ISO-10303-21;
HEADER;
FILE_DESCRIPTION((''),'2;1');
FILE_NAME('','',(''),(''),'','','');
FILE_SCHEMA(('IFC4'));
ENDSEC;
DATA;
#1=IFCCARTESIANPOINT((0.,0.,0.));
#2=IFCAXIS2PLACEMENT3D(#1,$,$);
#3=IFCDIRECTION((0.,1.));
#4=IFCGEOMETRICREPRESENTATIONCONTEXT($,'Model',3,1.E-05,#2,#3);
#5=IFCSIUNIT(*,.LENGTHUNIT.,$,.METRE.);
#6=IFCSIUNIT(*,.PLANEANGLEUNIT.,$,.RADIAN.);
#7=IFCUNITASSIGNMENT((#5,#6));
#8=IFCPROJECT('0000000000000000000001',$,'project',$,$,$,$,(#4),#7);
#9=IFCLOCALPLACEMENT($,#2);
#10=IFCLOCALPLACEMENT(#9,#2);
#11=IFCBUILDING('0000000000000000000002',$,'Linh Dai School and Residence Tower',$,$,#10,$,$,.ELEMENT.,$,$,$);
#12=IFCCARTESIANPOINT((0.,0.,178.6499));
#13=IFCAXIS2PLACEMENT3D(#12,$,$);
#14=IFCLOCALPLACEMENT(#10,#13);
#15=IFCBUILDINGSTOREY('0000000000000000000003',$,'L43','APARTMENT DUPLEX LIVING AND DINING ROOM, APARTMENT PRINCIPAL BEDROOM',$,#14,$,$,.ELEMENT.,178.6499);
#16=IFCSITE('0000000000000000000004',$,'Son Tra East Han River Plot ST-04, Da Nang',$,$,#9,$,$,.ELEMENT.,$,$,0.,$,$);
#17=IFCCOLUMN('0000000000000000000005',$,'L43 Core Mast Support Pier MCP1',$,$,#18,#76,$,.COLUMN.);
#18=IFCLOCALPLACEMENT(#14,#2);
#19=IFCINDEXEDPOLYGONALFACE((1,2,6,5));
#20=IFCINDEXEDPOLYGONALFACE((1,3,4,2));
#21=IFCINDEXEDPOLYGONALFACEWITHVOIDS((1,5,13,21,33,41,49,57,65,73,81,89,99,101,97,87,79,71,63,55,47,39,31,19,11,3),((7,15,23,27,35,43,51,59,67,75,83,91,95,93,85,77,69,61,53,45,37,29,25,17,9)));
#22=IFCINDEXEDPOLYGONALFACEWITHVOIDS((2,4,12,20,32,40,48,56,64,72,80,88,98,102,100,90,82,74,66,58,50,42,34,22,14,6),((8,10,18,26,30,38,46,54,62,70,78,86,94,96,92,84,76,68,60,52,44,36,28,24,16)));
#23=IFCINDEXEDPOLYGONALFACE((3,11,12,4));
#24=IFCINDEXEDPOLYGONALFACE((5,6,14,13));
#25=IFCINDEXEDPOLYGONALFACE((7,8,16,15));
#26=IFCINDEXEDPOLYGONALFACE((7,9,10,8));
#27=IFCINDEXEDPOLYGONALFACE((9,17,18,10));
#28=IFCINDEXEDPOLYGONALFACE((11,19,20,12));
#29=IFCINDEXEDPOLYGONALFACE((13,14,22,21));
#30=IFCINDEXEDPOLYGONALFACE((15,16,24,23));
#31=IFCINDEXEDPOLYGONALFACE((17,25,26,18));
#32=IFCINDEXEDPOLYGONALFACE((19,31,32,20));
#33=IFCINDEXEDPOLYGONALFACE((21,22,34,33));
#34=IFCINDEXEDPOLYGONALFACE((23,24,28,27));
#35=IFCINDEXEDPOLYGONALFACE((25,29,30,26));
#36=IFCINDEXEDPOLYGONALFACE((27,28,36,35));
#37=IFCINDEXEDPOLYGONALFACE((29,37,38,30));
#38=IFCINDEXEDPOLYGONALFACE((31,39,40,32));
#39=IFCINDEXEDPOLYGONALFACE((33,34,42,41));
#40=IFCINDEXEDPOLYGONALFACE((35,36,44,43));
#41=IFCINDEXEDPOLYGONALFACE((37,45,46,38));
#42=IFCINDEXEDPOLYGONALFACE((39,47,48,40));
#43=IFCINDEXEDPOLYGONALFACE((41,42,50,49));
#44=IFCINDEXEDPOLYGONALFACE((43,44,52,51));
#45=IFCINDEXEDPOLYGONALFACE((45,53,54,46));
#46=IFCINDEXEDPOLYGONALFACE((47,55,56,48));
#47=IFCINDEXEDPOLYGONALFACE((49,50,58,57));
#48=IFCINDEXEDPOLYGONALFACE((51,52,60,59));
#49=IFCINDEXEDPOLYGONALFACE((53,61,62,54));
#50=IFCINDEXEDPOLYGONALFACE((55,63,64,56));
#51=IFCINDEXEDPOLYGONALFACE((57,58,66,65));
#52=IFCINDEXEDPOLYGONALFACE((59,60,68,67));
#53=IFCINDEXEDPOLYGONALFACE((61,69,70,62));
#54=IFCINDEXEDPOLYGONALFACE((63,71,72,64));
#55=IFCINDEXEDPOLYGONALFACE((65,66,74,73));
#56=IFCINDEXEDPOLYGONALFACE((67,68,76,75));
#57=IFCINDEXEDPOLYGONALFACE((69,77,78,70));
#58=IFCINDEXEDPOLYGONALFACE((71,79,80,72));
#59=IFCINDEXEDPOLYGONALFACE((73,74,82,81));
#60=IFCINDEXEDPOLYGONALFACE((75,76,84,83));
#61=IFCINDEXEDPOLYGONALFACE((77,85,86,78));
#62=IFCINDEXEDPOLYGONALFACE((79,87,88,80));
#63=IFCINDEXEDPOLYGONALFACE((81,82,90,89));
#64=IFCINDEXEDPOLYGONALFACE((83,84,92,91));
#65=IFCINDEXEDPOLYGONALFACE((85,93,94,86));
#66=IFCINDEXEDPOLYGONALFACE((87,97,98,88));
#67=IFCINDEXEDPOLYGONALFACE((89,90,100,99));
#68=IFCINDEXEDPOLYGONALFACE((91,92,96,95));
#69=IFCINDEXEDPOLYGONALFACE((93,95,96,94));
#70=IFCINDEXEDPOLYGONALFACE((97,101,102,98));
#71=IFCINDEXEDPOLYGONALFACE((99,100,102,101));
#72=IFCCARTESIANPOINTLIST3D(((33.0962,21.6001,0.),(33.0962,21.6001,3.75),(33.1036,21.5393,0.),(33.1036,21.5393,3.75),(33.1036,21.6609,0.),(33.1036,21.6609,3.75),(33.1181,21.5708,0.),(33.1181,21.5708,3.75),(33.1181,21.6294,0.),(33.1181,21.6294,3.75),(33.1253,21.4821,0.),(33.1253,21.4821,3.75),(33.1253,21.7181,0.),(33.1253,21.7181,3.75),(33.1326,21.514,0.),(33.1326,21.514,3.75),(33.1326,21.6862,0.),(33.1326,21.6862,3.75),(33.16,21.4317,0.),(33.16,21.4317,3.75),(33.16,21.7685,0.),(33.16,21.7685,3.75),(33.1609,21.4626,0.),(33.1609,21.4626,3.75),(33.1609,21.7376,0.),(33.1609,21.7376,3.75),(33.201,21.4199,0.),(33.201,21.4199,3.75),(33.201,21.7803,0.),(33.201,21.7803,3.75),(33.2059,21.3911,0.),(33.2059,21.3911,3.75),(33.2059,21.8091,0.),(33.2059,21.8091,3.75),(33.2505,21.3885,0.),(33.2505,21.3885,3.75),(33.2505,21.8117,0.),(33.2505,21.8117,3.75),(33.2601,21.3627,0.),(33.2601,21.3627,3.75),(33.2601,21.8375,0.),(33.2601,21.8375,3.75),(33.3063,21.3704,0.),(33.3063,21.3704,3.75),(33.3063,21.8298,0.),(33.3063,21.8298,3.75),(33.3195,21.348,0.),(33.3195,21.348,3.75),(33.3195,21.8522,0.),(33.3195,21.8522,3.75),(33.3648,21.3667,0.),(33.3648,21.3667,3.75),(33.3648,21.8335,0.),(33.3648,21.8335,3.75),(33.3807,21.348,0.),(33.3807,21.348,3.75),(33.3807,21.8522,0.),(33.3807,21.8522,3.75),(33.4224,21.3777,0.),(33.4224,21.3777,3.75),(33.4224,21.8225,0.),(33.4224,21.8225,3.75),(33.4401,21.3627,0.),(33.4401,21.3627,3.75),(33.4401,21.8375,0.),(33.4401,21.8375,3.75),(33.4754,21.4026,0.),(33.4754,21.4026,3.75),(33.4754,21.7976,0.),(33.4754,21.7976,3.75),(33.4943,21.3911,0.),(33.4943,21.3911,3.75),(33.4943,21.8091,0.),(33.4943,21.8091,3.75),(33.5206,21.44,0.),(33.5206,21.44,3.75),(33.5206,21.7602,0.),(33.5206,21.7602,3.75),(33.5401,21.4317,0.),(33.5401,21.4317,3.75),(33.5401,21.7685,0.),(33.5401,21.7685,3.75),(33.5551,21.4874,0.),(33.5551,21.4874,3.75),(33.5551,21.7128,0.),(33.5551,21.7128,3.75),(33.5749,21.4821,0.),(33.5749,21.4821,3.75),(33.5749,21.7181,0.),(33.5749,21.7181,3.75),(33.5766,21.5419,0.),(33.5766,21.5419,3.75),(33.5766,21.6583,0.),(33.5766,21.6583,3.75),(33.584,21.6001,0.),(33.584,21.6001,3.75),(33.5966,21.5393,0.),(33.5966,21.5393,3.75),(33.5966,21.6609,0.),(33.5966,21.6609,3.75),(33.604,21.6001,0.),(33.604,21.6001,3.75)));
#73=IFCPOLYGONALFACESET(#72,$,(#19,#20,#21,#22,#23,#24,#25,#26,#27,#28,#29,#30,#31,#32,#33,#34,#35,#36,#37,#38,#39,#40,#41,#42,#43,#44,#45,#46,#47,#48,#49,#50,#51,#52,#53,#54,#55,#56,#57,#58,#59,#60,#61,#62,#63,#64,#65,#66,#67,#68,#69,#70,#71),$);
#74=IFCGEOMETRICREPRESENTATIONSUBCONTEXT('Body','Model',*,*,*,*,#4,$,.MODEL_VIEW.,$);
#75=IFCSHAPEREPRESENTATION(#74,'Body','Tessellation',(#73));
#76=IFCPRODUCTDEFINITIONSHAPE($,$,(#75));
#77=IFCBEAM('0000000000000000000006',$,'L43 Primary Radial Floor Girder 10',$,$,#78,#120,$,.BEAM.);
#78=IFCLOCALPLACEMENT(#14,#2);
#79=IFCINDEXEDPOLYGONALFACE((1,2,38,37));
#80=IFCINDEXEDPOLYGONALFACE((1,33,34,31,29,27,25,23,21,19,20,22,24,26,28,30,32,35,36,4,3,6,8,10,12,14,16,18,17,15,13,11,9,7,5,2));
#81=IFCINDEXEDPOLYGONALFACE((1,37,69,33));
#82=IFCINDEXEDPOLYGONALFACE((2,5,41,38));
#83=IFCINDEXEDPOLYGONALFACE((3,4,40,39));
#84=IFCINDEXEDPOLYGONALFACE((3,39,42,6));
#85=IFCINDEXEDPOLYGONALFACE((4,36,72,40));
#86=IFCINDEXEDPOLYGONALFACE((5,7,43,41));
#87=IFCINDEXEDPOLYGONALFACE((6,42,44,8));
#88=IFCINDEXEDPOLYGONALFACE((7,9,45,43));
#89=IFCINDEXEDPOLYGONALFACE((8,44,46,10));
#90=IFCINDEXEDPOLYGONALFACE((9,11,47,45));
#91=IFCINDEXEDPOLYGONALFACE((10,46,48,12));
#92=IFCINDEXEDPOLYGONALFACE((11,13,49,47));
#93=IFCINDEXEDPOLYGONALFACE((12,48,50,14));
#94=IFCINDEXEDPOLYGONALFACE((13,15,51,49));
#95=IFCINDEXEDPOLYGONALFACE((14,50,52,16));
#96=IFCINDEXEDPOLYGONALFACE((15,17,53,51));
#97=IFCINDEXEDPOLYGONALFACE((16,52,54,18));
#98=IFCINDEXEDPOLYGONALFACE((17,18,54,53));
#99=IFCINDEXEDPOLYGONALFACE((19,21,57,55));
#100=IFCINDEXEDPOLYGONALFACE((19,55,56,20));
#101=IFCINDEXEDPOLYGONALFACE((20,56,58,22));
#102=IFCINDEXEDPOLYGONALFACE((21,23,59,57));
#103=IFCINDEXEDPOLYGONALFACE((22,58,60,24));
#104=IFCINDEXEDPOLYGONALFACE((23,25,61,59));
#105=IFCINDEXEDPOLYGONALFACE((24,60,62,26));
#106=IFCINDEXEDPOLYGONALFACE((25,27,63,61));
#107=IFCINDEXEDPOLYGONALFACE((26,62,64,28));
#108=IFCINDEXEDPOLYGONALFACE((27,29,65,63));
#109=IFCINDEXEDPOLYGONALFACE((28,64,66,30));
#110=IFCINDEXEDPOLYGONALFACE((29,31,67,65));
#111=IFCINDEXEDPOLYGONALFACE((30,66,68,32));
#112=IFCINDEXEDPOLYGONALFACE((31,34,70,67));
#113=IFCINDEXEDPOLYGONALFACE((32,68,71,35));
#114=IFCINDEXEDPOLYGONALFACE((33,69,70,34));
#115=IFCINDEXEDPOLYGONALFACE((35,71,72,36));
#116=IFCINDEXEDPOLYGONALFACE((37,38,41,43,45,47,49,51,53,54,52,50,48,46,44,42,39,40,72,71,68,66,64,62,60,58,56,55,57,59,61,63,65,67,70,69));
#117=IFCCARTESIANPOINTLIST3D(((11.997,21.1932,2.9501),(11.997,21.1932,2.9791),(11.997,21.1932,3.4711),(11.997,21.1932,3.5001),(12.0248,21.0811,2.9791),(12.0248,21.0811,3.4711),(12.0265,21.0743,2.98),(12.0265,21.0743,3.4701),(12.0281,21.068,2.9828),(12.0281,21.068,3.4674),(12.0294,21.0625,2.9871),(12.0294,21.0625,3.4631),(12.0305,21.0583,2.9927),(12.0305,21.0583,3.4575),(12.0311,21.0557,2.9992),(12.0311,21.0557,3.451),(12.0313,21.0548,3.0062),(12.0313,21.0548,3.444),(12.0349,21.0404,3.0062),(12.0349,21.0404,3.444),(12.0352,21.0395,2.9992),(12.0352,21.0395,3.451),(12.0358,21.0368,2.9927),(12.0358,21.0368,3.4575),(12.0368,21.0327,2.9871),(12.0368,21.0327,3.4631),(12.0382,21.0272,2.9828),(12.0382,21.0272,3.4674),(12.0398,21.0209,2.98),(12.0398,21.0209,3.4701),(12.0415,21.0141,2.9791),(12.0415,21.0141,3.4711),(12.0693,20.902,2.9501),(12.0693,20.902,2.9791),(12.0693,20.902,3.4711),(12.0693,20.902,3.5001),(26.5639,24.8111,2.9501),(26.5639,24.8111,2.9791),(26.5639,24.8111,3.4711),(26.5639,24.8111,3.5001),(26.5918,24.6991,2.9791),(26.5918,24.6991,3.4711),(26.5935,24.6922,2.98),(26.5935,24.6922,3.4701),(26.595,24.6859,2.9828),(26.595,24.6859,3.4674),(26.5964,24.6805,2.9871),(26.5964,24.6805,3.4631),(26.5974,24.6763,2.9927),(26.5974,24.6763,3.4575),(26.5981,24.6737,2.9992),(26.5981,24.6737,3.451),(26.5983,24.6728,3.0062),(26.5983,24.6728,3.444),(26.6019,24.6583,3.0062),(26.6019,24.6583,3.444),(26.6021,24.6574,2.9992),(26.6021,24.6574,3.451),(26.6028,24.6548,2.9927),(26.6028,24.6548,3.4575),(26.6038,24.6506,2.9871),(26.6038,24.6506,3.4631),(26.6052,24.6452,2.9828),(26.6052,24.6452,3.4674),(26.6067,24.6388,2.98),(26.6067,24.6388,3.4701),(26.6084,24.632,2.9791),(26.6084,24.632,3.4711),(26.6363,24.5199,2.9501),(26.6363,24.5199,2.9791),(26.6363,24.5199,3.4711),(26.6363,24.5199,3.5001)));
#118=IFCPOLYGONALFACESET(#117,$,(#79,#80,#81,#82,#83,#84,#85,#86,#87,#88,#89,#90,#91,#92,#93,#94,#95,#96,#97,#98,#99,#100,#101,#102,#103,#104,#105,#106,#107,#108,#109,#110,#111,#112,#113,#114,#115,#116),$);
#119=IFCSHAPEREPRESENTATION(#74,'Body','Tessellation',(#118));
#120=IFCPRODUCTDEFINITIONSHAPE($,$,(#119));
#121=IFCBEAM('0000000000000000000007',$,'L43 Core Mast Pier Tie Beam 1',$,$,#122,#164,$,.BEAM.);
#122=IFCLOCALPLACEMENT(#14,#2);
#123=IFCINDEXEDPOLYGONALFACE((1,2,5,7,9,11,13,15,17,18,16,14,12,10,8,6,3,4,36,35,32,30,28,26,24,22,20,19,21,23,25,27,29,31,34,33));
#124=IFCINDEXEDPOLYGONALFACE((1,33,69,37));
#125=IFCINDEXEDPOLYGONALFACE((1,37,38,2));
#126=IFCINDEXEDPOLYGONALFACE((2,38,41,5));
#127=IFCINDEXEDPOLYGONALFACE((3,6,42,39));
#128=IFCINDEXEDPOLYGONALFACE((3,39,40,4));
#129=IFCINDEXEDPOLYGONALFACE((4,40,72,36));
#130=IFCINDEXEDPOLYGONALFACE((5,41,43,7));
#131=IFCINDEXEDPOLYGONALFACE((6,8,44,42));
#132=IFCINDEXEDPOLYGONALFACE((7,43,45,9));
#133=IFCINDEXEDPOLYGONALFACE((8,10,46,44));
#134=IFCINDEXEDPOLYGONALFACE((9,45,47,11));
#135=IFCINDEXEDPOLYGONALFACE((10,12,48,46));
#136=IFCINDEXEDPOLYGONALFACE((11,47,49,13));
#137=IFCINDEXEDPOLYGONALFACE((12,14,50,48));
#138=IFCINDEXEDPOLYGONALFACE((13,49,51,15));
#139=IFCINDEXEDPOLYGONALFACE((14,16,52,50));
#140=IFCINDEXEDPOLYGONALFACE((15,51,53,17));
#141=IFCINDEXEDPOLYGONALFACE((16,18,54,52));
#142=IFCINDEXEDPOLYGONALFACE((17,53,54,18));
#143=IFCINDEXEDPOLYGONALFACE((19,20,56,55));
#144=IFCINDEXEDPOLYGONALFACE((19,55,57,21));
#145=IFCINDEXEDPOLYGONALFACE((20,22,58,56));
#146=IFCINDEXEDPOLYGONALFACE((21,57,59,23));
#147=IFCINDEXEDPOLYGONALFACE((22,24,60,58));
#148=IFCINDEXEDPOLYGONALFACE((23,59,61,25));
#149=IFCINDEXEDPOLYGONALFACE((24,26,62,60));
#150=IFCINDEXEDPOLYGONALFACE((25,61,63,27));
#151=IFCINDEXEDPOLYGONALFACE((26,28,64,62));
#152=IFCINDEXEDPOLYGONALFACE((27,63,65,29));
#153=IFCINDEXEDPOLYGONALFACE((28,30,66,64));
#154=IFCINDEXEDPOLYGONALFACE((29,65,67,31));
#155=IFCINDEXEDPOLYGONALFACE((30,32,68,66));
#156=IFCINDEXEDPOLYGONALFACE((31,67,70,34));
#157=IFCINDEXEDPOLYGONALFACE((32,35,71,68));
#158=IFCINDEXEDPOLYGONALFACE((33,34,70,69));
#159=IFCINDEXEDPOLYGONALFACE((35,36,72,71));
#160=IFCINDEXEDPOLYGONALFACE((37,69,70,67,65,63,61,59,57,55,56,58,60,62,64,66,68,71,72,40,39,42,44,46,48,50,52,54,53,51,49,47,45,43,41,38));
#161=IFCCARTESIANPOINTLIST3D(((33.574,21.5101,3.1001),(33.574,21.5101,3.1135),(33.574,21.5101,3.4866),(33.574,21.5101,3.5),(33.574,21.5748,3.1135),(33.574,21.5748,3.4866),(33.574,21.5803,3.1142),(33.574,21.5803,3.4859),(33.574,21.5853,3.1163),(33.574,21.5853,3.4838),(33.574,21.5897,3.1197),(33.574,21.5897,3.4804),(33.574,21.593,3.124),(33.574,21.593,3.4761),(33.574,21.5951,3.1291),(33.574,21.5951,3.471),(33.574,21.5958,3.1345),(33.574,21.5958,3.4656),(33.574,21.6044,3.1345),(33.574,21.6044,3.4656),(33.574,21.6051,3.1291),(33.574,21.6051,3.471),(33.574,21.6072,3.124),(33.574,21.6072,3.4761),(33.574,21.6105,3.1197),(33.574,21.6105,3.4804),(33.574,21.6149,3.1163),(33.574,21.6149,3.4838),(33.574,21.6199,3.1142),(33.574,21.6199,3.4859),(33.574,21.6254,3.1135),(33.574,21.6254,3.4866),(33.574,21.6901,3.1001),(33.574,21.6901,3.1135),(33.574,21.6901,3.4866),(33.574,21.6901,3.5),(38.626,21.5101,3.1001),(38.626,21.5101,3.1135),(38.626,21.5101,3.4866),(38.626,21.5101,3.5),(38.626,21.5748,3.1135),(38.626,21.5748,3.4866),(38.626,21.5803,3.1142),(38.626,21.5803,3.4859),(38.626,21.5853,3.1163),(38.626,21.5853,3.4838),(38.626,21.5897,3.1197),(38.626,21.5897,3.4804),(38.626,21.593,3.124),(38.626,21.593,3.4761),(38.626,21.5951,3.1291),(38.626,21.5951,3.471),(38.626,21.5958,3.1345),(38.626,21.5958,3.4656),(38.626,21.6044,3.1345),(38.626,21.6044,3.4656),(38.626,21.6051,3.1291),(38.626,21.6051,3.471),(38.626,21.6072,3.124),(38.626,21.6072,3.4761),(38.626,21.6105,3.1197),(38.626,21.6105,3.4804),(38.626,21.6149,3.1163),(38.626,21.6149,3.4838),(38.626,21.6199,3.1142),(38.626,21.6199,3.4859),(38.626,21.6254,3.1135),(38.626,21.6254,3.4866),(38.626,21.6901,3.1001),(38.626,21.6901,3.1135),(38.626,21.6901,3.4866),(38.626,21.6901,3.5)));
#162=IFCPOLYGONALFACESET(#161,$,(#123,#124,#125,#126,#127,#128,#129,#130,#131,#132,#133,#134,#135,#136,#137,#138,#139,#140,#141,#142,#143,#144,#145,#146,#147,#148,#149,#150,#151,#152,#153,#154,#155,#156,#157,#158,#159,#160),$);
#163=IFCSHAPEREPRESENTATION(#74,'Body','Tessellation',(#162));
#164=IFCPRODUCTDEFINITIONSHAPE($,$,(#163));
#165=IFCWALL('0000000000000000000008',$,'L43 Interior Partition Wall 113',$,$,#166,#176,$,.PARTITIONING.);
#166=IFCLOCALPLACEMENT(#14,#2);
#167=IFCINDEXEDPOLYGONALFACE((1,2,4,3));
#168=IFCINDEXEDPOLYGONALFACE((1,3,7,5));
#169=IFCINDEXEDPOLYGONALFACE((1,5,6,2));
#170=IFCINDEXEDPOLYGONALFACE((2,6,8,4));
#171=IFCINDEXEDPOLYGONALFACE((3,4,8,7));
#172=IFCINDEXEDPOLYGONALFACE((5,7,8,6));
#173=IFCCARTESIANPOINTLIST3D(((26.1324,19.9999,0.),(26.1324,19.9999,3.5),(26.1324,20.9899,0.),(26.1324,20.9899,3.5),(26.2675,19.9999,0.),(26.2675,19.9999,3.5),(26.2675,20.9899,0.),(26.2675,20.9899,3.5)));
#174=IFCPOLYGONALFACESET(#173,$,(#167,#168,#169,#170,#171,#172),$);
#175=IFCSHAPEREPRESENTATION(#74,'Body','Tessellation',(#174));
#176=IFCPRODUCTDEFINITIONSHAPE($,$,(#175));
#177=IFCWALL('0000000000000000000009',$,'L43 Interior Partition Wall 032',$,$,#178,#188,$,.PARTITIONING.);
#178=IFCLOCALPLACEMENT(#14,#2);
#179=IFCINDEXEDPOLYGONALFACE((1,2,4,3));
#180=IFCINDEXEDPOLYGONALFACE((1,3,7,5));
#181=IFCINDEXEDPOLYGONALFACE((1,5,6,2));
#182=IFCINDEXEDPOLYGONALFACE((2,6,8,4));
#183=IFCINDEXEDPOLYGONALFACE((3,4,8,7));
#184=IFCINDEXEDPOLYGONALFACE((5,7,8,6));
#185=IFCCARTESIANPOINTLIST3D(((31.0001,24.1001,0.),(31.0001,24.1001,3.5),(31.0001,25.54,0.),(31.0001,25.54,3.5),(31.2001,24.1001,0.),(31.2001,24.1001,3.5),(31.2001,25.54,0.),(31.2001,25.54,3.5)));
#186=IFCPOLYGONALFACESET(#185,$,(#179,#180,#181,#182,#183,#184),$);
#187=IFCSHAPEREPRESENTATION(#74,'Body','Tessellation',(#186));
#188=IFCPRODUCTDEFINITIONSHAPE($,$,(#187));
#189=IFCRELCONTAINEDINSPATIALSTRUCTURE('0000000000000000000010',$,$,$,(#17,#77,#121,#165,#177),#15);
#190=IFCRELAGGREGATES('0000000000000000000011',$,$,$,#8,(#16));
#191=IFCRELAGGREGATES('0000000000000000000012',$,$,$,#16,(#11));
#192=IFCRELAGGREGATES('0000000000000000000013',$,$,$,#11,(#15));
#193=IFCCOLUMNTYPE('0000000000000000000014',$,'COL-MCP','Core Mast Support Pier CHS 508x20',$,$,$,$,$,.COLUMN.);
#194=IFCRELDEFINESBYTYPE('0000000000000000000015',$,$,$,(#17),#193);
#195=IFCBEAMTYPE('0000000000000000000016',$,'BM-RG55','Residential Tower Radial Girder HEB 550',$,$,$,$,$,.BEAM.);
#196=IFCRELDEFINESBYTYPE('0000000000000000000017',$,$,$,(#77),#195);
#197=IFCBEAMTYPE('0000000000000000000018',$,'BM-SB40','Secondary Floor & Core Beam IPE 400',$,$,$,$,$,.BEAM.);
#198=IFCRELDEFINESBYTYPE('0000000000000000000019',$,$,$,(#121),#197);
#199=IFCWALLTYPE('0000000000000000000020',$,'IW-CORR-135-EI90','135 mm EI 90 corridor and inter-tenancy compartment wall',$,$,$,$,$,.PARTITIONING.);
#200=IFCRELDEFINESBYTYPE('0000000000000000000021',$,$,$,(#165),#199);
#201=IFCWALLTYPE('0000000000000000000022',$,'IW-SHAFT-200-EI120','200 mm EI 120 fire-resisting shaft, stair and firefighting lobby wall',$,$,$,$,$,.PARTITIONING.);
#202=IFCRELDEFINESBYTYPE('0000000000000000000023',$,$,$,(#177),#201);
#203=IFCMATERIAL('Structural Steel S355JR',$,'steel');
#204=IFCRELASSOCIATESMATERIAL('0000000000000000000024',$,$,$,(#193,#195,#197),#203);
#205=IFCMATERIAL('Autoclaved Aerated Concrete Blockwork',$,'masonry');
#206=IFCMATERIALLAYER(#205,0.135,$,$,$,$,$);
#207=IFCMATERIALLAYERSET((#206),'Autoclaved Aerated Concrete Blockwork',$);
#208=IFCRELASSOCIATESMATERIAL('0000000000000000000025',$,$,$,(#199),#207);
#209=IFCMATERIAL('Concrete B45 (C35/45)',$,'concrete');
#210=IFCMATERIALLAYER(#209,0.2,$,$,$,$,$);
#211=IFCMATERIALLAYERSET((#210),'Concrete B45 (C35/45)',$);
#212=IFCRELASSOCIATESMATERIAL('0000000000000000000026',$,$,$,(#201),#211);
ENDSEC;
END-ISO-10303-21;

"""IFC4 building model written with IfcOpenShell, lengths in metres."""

from ifc_helpers import new_model, si_unit, direction, frame, frame_2d, origin, origin_2d, place, context, subcontext, project, spatial, rectangle, hollow_circle, i_section, extrude, material, layer, layer_set, material_profile, profile_set, type_object, element, save


model = new_model("IFC4")

# Units and contexts
model_context = context("Model", 3, precision=1e-05, world=origin(), true_north=direction((0.0, 1.0)))
body_context = subcontext(model_context, "Body", "Model", "MODEL_VIEW")
ifc_project = project(units=[si_unit("LENGTHUNIT", "METRE"), si_unit("PLANEANGLEUNIT", "RADIAN")], contexts=[model_context])

# Site, building, storey
site_placement = place(None, origin())
site = spatial("IfcSite", under=ifc_project, at=site_placement, Name="Son Tra East Han River Plot ST-04, Da Nang", CompositionType="ELEMENT", RefElevation=0.0)
building_placement = place(site_placement, origin())
building = spatial("IfcBuilding", under=site, at=building_placement, Name="Linh Dai School and Residence Tower", CompositionType="ELEMENT")
storey_placement = place(building_placement, frame((0.0, 0.0, 178.6499)))
storey = spatial("IfcBuildingStorey", under=building, at=storey_placement, Name="L43", Description="APARTMENT DUPLEX LIVING AND DINING ROOM, APARTMENT PRINCIPAL BEDROOM", CompositionType="ELEMENT", Elevation=178.6499)

# Column
ifc_material_1 = material(Name="Structural Steel S355JR", Category="steel")
ifc_material_profile_1 = material_profile(ifc_material_1, hollow_circle(Radius=0.2539, WallThickness=0.02, at=origin_2d()), Name="CHS 508x20")
ifc_profile_set_1 = profile_set([ifc_material_profile_1], Name="Structural Steel S355JR")
column_type_1 = type_object("IfcColumnType", Name="COL-MCP", Description="Core Mast Support Pier CHS 508x20", PredefinedType="COLUMN", material=ifc_profile_set_1)
column_placement = place(storey_placement, frame((33.3501, 21.6001, 0.0), z_axis=(0.0, 0.0, 1.0), x_axis=(1.0, 0.0, 0.0)))
element("IfcColumn", 1, at=column_placement, inside=storey, type_object=column_type_1, Name="L43 Core Mast Support Pier MCP1", PredefinedType="COLUMN", context=body_context, shape_type="SweptSolid", body=[
    extrude(hollow_circle(Radius=0.2539, WallThickness=0.02, at=origin_2d()), origin(), (0.0, 0.0, 1.0), 3.75),
])

# Beams
ifc_material_profile_2 = material_profile(ifc_material_1, i_section(OverallWidth=0.3, OverallDepth=0.55, WebThickness=0.0149, FlangeThickness=0.0291, FilletRadius=0.0271, at=origin_2d()), Name="HEB 550")
ifc_profile_set_2 = profile_set([ifc_material_profile_2], Name="Structural Steel S355JR")
beam_type_1 = type_object("IfcBeamType", Name="BM-RG55", Description="Residential Tower Radial Girder HEB 550", PredefinedType="BEAM", material=ifc_profile_set_2)
beam_1_placement = place(storey_placement, frame((26.6001, 24.6655, 3.2251), z_axis=(-0.970515, -0.241043, 0.0), x_axis=(0.241043, -0.970515, 0.0)))
element("IfcBeam", 2, at=beam_1_placement, inside=storey, type_object=beam_type_1, Name="L43 Primary Radial Floor Girder 10", PredefinedType="BEAM", context=body_context, shape_type="SweptSolid", body=[
    extrude(i_section(OverallWidth=0.3, OverallDepth=0.55, WebThickness=0.0149, FlangeThickness=0.0291, FilletRadius=0.0271, at=origin_2d()), origin(), (0.0, 0.0, 1.0), 15.0095),
])
ifc_material_profile_3 = material_profile(ifc_material_1, i_section(OverallWidth=0.1799, OverallDepth=0.3999, WebThickness=0.0085, FlangeThickness=0.0134, FilletRadius=0.021, at=origin_2d()), Name="IPE 400")
ifc_profile_set_3 = profile_set([ifc_material_profile_3], Name="Structural Steel S355JR")
beam_type_2 = type_object("IfcBeamType", Name="BM-SB40", Description="Secondary Floor & Core Beam IPE 400", PredefinedType="BEAM", material=ifc_profile_set_3)
beam_2_placement = place(storey_placement, frame((33.574, 21.6001, 3.3), z_axis=(1.0, 0.0, 0.0), x_axis=(0.0, 1.0, 0.0)))
element("IfcBeam", 3, at=beam_2_placement, inside=storey, type_object=beam_type_2, Name="L43 Core Mast Pier Tie Beam 1", PredefinedType="BEAM", context=body_context, shape_type="SweptSolid", body=[
    extrude(i_section(OverallWidth=0.1799, OverallDepth=0.3999, WebThickness=0.0085, FlangeThickness=0.0134, FilletRadius=0.021, at=origin_2d()), origin(), (0.0, 0.0, 1.0), 5.052),
])

# Shared definitions
ifc_material_2 = material(Name="Autoclaved Aerated Concrete Blockwork", Category="masonry")
ifc_layer_1 = layer(ifc_material_2, 0.135)
ifc_layer_set_1 = layer_set([ifc_layer_1], Name="Autoclaved Aerated Concrete Blockwork")
wall_type_1 = type_object("IfcWallType", Name="IW-CORR-135-EI90", Description="135 mm EI 90 corridor and inter-tenancy compartment wall", PredefinedType="PARTITIONING", material=ifc_layer_set_1)

# Wall
wall_1_placement = place(storey_placement, frame((26.2, 20.99, 0.0), z_axis=(0.0, 0.0, 1.0), x_axis=(0.0, -1.0, 0.0)))
element("IfcWall", 4, at=wall_1_placement, inside=storey, type_object=wall_type_1, Name="L43 Interior Partition Wall 113", PredefinedType="PARTITIONING", context=body_context, shape_type="SweptSolid", body=[
    extrude(rectangle(XDim=0.99, YDim=0.135, at=frame_2d((0.4951, 0.0))), origin(), (0.0, 0.0, 1.0), 3.5),
])

# Shared definitions
ifc_material_3 = material(Name="Concrete B45 (C35/45)", Category="concrete")
ifc_layer_2 = layer(ifc_material_3, 0.2)
ifc_layer_set_2 = layer_set([ifc_layer_2], Name="Concrete B45 (C35/45)")
wall_type_2 = type_object("IfcWallType", Name="IW-SHAFT-200-EI120", Description="200 mm EI 120 fire-resisting shaft, stair and firefighting lobby wall", PredefinedType="PARTITIONING", material=ifc_layer_set_2)

# Wall
wall_2_placement = place(storey_placement, frame((31.1001, 24.1001, 0.0), z_axis=(0.0, 0.0, 1.0), x_axis=(0.0, 1.0, 0.0)))
element("IfcWall", 5, at=wall_2_placement, inside=storey, type_object=wall_type_2, Name="L43 Interior Partition Wall 032", PredefinedType="PARTITIONING", context=body_context, shape_type="SweptSolid", body=[
    extrude(rectangle(XDim=1.4399, YDim=0.2, at=frame_2d((0.72, 0.0))), origin(), (0.0, 0.0, 1.0), 3.5),
])

save(model, "model.ifc")
